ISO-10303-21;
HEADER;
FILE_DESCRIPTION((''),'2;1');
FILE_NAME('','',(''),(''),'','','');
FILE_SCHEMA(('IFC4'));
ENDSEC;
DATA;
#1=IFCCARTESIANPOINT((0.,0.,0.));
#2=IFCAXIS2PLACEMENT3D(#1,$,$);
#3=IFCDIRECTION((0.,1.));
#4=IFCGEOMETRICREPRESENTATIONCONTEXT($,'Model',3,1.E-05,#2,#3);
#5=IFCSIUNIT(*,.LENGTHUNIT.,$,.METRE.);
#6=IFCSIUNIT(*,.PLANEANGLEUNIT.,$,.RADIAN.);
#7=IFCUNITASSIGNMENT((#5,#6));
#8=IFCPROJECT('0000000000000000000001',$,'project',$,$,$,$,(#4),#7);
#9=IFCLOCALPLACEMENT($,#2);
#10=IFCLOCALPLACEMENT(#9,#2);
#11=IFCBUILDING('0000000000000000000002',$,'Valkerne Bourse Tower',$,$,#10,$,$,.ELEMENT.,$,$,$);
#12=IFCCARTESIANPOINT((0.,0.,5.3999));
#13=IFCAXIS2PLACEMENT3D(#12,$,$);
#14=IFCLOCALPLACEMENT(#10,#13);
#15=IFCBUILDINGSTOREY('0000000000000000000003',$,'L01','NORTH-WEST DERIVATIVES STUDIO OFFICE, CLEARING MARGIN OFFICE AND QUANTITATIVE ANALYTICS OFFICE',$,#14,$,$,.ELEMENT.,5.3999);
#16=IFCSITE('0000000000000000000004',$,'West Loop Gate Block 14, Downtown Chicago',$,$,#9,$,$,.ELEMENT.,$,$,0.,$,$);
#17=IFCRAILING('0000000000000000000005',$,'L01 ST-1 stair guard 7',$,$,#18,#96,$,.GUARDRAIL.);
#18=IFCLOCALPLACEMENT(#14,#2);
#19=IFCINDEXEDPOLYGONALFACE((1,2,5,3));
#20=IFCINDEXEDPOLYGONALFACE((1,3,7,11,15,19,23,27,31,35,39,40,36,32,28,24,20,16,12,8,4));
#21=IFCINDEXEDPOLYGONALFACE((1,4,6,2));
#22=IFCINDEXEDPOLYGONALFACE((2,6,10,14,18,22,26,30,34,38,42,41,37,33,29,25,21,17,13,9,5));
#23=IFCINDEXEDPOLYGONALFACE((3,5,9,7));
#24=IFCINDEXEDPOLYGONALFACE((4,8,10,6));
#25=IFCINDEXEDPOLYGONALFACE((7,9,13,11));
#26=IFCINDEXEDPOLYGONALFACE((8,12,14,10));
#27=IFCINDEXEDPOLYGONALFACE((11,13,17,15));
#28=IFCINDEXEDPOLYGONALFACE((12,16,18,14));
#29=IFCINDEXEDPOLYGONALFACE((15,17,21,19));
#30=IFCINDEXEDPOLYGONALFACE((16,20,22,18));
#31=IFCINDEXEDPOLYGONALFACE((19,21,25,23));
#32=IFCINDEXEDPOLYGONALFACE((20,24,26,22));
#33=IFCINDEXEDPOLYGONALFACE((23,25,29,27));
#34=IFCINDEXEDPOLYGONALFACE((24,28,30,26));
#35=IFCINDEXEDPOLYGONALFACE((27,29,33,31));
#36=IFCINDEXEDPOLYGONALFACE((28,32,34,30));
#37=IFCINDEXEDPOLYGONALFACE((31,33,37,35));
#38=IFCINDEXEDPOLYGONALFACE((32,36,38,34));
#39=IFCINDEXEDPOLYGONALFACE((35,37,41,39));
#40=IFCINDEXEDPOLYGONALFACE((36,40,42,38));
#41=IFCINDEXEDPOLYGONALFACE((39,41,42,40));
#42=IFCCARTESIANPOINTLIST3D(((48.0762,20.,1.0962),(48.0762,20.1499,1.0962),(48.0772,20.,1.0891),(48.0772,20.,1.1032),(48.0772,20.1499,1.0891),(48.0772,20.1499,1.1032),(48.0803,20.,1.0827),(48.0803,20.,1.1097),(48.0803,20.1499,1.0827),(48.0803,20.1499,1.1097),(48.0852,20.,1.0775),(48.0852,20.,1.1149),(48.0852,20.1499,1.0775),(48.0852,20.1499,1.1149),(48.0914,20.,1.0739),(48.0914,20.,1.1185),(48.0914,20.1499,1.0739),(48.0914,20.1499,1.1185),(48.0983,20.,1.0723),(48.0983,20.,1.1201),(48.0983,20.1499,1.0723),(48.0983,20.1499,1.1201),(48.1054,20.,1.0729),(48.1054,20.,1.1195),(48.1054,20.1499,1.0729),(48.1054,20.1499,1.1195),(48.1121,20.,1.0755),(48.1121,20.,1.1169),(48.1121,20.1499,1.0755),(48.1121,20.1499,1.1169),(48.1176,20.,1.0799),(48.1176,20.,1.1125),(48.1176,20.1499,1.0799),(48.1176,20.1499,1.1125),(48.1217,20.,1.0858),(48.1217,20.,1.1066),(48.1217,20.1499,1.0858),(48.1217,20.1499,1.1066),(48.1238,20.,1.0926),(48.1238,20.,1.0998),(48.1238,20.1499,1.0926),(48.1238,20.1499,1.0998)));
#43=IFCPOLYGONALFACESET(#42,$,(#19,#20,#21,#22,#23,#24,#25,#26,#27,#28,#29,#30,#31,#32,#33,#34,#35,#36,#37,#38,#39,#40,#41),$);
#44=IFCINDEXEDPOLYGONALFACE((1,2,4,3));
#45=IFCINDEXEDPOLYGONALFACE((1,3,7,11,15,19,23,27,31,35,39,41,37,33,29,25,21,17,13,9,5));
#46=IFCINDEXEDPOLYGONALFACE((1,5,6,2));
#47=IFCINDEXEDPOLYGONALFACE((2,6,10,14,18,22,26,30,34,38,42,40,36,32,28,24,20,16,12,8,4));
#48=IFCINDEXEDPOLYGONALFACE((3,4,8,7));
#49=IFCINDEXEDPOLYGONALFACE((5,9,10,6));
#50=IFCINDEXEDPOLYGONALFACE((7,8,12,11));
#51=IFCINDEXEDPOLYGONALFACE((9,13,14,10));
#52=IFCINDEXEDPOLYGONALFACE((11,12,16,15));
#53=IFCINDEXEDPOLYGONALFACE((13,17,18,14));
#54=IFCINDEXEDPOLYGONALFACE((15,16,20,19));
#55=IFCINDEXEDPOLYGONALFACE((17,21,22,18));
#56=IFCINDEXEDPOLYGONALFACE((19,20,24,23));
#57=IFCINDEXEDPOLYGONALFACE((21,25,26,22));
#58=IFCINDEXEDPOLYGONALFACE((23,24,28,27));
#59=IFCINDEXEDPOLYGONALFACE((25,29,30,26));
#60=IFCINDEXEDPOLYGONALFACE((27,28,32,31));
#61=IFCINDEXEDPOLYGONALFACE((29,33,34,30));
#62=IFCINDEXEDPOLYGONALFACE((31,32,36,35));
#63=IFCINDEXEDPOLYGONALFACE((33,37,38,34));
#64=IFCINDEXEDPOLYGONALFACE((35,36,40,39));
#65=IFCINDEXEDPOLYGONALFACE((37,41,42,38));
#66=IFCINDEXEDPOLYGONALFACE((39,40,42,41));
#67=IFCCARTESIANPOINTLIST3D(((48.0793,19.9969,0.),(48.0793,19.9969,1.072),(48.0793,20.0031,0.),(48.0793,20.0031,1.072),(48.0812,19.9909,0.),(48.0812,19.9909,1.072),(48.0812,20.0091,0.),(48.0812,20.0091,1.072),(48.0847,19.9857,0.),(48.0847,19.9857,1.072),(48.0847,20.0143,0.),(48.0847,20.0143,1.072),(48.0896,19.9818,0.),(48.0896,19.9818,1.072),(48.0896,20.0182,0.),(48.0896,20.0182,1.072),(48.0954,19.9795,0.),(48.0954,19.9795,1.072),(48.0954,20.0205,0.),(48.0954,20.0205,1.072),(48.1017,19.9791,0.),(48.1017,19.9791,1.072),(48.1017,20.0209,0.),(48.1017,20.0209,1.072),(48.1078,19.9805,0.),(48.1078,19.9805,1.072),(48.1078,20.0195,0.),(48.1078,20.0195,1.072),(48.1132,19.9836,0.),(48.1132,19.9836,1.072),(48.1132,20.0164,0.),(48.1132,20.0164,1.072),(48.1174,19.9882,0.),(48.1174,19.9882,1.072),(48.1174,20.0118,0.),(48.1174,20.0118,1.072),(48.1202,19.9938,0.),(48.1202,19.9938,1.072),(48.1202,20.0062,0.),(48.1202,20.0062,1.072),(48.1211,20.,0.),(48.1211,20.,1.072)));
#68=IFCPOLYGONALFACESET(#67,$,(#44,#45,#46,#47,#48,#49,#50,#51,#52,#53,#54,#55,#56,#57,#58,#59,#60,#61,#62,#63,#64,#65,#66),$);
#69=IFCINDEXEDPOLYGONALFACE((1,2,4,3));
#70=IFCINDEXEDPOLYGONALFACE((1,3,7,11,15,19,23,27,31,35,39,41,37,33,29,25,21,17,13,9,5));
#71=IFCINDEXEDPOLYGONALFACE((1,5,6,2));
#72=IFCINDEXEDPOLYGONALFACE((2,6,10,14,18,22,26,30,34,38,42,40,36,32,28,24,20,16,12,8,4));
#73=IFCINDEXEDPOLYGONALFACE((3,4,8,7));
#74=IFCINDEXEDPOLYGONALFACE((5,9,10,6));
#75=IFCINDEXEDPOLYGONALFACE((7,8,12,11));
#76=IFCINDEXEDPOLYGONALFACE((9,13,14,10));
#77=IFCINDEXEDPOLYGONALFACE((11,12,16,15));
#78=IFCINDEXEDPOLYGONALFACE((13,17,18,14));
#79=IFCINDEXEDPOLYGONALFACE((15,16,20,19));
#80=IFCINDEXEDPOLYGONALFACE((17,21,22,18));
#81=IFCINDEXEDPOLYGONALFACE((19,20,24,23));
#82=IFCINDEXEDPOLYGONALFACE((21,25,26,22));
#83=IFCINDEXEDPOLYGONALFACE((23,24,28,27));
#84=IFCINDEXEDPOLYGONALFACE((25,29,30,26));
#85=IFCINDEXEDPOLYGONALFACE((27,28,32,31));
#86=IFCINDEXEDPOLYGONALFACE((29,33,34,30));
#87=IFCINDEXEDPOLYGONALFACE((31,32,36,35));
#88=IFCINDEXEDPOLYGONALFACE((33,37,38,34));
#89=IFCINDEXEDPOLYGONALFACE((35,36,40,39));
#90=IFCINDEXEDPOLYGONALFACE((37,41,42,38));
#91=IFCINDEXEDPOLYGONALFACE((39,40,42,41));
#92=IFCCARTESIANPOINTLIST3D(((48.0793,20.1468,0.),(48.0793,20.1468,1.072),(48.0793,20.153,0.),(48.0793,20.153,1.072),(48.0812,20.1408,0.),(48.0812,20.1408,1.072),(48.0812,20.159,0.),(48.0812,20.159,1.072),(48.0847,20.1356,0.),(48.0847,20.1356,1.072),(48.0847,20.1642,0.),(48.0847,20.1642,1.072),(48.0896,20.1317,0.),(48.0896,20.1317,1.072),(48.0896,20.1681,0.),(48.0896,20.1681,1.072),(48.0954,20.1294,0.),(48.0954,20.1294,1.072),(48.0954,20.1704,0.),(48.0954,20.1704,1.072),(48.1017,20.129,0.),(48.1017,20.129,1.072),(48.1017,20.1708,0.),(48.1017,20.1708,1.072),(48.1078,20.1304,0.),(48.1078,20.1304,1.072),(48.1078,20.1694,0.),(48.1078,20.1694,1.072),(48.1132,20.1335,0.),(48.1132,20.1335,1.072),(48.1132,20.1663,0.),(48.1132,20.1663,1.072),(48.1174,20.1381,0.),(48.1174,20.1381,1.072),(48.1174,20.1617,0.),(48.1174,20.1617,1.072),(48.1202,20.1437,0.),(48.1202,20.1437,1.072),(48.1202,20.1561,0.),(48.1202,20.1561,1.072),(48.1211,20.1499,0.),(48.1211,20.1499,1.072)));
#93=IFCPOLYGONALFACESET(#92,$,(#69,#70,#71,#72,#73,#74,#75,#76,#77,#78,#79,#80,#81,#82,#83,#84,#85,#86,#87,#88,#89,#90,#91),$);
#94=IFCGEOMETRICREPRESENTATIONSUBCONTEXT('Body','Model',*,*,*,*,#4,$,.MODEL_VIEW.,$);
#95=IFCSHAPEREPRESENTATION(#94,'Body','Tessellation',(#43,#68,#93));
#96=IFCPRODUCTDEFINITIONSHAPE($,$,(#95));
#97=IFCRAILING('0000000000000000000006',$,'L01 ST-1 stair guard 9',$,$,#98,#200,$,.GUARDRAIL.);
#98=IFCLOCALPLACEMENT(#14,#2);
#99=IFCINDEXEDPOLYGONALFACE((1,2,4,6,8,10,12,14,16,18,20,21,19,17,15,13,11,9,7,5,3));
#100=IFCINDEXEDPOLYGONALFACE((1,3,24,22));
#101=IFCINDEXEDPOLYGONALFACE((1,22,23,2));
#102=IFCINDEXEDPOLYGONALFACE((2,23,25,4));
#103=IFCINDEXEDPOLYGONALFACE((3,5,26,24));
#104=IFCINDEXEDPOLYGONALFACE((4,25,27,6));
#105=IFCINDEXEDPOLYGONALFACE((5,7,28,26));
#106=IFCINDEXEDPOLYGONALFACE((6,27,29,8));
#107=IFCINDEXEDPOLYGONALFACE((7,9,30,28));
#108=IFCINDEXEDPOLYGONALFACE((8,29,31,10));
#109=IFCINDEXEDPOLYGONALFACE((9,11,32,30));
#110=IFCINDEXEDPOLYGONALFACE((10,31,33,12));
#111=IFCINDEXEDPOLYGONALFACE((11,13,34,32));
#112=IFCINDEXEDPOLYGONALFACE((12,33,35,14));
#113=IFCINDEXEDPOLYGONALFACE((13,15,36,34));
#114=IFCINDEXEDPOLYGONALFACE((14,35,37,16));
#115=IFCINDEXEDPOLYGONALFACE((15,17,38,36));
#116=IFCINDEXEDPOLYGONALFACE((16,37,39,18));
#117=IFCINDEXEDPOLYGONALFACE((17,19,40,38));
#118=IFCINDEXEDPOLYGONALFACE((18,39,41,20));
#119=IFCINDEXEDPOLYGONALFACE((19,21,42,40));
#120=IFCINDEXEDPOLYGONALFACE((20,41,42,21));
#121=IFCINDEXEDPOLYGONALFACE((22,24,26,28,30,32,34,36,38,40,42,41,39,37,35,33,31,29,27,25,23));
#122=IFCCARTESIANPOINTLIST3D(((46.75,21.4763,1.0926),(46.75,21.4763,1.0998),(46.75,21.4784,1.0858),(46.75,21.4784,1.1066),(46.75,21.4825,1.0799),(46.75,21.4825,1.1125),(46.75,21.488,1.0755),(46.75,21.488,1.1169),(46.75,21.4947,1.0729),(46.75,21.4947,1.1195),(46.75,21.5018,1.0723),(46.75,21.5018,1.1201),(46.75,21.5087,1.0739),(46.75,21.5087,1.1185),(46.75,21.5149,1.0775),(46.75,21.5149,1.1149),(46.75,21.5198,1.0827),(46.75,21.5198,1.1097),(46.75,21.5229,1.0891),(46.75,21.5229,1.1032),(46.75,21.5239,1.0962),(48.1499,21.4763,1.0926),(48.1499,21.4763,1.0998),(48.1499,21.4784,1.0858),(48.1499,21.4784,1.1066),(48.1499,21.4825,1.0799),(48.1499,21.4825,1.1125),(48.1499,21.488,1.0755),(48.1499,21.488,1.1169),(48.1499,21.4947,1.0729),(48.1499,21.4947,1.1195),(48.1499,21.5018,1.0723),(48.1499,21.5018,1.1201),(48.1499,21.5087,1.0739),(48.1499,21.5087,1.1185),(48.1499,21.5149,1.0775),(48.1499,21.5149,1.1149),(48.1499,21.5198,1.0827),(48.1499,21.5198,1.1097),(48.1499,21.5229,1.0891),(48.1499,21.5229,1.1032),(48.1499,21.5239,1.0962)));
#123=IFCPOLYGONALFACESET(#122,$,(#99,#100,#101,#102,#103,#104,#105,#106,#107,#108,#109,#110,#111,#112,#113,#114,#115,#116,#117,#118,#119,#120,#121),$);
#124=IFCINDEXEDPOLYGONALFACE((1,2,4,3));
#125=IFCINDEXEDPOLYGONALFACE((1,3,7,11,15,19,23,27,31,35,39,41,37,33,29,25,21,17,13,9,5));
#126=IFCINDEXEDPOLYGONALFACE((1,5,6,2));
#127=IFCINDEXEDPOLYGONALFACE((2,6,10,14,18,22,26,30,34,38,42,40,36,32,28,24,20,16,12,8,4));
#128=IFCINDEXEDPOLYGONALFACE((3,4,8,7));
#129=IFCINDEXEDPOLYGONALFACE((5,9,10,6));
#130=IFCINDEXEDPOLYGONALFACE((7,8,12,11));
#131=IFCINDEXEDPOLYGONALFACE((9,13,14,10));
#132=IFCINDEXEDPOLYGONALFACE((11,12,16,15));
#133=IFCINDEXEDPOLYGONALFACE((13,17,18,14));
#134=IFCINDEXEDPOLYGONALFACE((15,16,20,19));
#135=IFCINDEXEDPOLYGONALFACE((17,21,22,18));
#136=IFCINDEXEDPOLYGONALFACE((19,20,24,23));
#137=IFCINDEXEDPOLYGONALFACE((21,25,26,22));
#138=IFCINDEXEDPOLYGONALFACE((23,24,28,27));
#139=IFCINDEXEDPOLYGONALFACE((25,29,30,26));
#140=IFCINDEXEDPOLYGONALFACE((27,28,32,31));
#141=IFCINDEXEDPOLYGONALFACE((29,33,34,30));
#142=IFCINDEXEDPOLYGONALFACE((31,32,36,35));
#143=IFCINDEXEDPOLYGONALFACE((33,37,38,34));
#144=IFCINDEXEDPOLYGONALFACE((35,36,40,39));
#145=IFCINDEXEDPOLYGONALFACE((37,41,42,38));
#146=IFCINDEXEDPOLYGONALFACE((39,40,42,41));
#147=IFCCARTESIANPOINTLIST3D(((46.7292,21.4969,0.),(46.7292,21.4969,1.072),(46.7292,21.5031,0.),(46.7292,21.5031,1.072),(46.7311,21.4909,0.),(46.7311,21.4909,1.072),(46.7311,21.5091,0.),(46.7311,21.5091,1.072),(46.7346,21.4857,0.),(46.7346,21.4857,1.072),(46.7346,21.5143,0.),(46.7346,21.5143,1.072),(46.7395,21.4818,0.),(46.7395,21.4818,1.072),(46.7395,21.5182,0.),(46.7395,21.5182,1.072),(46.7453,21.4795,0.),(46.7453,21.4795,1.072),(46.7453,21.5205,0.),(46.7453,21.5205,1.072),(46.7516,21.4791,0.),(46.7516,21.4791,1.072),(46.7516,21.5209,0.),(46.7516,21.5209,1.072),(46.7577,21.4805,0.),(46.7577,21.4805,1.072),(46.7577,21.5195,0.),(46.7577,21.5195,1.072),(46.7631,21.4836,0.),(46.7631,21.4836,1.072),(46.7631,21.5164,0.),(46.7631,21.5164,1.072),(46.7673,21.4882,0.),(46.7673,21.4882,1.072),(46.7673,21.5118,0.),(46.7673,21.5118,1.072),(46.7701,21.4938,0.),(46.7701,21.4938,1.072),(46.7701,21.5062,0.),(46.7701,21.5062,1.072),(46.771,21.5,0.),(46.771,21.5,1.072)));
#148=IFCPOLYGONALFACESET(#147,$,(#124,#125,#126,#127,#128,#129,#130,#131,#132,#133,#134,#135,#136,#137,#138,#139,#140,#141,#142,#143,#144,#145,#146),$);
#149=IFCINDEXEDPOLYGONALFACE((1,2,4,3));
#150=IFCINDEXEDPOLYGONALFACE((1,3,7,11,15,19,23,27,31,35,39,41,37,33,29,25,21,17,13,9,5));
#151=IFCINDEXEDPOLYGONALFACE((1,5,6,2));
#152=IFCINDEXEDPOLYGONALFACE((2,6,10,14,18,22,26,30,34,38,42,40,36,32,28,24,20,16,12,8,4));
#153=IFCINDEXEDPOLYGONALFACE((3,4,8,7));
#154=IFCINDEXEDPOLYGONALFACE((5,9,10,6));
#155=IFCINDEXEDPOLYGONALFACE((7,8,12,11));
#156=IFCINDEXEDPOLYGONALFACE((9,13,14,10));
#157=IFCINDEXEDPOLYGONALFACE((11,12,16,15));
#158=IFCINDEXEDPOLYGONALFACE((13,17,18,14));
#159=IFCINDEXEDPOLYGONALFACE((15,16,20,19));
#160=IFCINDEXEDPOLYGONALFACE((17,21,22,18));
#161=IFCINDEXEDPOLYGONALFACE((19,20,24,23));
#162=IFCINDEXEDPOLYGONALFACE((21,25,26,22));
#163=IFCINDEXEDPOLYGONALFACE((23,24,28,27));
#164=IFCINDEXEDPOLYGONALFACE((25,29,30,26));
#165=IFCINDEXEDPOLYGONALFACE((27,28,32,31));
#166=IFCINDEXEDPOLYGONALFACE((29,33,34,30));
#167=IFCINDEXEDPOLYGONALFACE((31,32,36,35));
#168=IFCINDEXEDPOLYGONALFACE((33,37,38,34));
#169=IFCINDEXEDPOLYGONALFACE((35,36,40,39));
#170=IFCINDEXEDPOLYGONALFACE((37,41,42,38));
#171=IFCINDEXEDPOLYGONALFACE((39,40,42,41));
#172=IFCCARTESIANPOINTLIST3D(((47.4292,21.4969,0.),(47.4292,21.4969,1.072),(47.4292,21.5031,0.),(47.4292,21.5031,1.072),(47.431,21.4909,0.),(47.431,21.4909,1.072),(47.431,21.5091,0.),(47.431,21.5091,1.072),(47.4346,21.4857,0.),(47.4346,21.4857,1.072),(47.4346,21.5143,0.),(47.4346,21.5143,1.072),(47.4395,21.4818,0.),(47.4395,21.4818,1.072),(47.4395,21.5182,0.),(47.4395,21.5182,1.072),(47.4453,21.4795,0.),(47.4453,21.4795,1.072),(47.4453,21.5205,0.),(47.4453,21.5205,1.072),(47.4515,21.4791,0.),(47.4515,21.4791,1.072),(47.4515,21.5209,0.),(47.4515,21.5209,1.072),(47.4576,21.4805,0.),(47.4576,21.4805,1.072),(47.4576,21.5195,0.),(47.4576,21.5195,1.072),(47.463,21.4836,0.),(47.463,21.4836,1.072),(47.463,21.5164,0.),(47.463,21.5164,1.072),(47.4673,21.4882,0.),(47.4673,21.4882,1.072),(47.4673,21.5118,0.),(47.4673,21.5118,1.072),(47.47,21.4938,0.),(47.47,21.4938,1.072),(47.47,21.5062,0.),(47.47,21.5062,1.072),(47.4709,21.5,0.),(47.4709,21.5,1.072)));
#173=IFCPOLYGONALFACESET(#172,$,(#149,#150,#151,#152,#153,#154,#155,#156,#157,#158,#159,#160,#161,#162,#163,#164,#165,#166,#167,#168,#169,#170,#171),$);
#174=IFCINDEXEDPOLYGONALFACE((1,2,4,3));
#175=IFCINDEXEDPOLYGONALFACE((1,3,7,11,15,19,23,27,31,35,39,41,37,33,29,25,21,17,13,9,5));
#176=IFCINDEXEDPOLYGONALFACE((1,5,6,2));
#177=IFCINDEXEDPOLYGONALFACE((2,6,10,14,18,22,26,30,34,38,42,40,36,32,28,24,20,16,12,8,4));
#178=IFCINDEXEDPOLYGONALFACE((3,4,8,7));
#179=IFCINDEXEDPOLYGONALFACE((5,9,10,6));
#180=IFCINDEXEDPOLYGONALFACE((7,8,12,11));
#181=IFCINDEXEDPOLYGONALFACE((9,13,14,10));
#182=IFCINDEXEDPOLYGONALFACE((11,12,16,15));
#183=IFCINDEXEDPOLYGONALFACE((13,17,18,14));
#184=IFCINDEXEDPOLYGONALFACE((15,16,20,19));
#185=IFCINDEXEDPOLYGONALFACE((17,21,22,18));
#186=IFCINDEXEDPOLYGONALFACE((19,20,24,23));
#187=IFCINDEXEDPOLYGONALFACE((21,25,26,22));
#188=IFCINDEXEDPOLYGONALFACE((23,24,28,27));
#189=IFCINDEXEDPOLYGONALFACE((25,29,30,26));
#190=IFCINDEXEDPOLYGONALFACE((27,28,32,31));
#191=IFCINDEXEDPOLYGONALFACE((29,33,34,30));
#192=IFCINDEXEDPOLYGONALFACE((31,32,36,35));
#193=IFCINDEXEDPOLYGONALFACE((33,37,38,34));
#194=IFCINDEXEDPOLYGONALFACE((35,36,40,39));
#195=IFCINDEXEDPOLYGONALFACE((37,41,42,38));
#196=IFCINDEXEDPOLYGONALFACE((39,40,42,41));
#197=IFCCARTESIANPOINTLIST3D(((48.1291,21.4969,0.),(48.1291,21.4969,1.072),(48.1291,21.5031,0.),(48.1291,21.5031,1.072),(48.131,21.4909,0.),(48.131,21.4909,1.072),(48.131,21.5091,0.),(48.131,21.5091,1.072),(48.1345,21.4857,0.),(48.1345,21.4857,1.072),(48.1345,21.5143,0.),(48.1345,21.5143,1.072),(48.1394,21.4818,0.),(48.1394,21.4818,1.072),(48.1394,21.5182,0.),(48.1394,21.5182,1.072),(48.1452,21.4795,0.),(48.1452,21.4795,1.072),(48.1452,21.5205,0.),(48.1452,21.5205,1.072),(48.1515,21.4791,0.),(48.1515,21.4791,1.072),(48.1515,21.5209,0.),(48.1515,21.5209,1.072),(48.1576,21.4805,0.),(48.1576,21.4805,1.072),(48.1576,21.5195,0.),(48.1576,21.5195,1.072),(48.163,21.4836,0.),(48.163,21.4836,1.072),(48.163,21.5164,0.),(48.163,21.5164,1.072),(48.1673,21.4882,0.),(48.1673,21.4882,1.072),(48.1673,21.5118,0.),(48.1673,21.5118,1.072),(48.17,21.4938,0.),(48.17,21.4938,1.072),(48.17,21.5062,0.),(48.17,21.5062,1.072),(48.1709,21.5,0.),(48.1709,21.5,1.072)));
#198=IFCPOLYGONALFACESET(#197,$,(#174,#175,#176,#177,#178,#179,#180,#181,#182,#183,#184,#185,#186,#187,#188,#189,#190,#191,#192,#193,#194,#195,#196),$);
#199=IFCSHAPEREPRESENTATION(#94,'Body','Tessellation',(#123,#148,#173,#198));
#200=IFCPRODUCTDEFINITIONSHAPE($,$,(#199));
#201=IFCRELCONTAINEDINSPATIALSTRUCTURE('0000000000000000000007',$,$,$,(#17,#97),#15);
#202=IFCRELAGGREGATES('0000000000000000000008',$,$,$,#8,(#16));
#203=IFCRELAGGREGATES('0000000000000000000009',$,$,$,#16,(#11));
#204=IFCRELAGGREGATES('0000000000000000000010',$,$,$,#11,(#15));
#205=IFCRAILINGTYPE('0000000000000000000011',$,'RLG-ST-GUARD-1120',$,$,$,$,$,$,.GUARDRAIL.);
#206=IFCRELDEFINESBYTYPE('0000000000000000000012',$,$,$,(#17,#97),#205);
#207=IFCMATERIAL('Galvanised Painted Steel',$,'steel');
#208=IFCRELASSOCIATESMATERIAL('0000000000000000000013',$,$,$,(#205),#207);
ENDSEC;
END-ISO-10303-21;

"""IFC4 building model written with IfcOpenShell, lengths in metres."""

from ifc_helpers import new_model, si_unit, direction, frame, origin, origin_2d, place, context, subcontext, project, spatial, circle, extrude, material, type_object, element, save


model = new_model("IFC4")

# Units and contexts
model_context = context("Model", 3, precision=1e-05, world=origin(), true_north=direction((0.0, 1.0)))
body_context = subcontext(model_context, "Body", "Model", "MODEL_VIEW")
ifc_project = project(units=[si_unit("LENGTHUNIT", "METRE"), si_unit("PLANEANGLEUNIT", "RADIAN")], contexts=[model_context])

# Site, building, storey
site_placement = place(None, origin())
site = spatial("IfcSite", under=ifc_project, at=site_placement, Name="West Loop Gate Block 14, Downtown Chicago", CompositionType="ELEMENT", RefElevation=0.0)
building_placement = place(site_placement, origin())
building = spatial("IfcBuilding", under=site, at=building_placement, Name="Valkerne Bourse Tower", CompositionType="ELEMENT")
storey_placement = place(building_placement, frame((0.0, 0.0, 5.3999)))
storey = spatial("IfcBuildingStorey", under=building, at=storey_placement, Name="L01", Description="NORTH-WEST DERIVATIVES STUDIO OFFICE, CLEARING MARGIN OFFICE AND QUANTITATIVE ANALYTICS OFFICE", CompositionType="ELEMENT", Elevation=5.3999)

# Shared definitions
ifc_material_1 = material(Name="Galvanised Painted Steel", Category="steel")

# Railings
railing_type_1 = type_object("IfcRailingType", Name="RLG-ST-GUARD-1120", PredefinedType="GUARDRAIL", material=ifc_material_1)
railing_1_placement = place(storey_placement, frame((48.1001, 20.0, 0.0)))
element("IfcRailing", 1, at=railing_1_placement, inside=storey, type_object=railing_type_1, Name="L01 ST-1 stair guard 7", PredefinedType="GUARDRAIL", context=body_context, shape_type="SweptSolid", body=[
    extrude(circle(Radius=0.0239, at=origin_2d()), frame((0.0, 0.0, 1.0962), z_axis=(0.0, 1.0, 0.0), x_axis=(-1.0, 0.0, 0.0)), (0.0, 0.0, 1.0), 0.1499),
    extrude(circle(Radius=0.021, at=origin_2d()), origin(), (0.0, 0.0, 1.0), 1.072),
    extrude(circle(Radius=0.021, at=origin_2d()), frame((0.0, 0.1499, 0.0)), (0.0, 0.0, 1.0), 1.072),
])
railing_2_placement = place(storey_placement, frame((46.75, 21.5, 0.0)))
element("IfcRailing", 2, at=railing_2_placement, inside=storey, type_object=railing_type_1, Name="L01 ST-1 stair guard 9", PredefinedType="GUARDRAIL", context=body_context, shape_type="SweptSolid", body=[
    extrude(circle(Radius=0.0239, at=origin_2d()), frame((0.0, 0.0, 1.0962), z_axis=(1.0, 0.0, 0.0), x_axis=(0.0, 1.0, 0.0)), (0.0, 0.0, 1.0), 1.3999),
    extrude(circle(Radius=0.021, at=origin_2d()), origin(), (0.0, 0.0, 1.0), 1.072),
    extrude(circle(Radius=0.021, at=origin_2d()), frame((0.7, 0.0, 0.0)), (0.0, 0.0, 1.0), 1.072),
    extrude(circle(Radius=0.021, at=origin_2d()), frame((1.3999, 0.0, 0.0)), (0.0, 0.0, 1.0), 1.072),
])

save(model, "model.ifc")
